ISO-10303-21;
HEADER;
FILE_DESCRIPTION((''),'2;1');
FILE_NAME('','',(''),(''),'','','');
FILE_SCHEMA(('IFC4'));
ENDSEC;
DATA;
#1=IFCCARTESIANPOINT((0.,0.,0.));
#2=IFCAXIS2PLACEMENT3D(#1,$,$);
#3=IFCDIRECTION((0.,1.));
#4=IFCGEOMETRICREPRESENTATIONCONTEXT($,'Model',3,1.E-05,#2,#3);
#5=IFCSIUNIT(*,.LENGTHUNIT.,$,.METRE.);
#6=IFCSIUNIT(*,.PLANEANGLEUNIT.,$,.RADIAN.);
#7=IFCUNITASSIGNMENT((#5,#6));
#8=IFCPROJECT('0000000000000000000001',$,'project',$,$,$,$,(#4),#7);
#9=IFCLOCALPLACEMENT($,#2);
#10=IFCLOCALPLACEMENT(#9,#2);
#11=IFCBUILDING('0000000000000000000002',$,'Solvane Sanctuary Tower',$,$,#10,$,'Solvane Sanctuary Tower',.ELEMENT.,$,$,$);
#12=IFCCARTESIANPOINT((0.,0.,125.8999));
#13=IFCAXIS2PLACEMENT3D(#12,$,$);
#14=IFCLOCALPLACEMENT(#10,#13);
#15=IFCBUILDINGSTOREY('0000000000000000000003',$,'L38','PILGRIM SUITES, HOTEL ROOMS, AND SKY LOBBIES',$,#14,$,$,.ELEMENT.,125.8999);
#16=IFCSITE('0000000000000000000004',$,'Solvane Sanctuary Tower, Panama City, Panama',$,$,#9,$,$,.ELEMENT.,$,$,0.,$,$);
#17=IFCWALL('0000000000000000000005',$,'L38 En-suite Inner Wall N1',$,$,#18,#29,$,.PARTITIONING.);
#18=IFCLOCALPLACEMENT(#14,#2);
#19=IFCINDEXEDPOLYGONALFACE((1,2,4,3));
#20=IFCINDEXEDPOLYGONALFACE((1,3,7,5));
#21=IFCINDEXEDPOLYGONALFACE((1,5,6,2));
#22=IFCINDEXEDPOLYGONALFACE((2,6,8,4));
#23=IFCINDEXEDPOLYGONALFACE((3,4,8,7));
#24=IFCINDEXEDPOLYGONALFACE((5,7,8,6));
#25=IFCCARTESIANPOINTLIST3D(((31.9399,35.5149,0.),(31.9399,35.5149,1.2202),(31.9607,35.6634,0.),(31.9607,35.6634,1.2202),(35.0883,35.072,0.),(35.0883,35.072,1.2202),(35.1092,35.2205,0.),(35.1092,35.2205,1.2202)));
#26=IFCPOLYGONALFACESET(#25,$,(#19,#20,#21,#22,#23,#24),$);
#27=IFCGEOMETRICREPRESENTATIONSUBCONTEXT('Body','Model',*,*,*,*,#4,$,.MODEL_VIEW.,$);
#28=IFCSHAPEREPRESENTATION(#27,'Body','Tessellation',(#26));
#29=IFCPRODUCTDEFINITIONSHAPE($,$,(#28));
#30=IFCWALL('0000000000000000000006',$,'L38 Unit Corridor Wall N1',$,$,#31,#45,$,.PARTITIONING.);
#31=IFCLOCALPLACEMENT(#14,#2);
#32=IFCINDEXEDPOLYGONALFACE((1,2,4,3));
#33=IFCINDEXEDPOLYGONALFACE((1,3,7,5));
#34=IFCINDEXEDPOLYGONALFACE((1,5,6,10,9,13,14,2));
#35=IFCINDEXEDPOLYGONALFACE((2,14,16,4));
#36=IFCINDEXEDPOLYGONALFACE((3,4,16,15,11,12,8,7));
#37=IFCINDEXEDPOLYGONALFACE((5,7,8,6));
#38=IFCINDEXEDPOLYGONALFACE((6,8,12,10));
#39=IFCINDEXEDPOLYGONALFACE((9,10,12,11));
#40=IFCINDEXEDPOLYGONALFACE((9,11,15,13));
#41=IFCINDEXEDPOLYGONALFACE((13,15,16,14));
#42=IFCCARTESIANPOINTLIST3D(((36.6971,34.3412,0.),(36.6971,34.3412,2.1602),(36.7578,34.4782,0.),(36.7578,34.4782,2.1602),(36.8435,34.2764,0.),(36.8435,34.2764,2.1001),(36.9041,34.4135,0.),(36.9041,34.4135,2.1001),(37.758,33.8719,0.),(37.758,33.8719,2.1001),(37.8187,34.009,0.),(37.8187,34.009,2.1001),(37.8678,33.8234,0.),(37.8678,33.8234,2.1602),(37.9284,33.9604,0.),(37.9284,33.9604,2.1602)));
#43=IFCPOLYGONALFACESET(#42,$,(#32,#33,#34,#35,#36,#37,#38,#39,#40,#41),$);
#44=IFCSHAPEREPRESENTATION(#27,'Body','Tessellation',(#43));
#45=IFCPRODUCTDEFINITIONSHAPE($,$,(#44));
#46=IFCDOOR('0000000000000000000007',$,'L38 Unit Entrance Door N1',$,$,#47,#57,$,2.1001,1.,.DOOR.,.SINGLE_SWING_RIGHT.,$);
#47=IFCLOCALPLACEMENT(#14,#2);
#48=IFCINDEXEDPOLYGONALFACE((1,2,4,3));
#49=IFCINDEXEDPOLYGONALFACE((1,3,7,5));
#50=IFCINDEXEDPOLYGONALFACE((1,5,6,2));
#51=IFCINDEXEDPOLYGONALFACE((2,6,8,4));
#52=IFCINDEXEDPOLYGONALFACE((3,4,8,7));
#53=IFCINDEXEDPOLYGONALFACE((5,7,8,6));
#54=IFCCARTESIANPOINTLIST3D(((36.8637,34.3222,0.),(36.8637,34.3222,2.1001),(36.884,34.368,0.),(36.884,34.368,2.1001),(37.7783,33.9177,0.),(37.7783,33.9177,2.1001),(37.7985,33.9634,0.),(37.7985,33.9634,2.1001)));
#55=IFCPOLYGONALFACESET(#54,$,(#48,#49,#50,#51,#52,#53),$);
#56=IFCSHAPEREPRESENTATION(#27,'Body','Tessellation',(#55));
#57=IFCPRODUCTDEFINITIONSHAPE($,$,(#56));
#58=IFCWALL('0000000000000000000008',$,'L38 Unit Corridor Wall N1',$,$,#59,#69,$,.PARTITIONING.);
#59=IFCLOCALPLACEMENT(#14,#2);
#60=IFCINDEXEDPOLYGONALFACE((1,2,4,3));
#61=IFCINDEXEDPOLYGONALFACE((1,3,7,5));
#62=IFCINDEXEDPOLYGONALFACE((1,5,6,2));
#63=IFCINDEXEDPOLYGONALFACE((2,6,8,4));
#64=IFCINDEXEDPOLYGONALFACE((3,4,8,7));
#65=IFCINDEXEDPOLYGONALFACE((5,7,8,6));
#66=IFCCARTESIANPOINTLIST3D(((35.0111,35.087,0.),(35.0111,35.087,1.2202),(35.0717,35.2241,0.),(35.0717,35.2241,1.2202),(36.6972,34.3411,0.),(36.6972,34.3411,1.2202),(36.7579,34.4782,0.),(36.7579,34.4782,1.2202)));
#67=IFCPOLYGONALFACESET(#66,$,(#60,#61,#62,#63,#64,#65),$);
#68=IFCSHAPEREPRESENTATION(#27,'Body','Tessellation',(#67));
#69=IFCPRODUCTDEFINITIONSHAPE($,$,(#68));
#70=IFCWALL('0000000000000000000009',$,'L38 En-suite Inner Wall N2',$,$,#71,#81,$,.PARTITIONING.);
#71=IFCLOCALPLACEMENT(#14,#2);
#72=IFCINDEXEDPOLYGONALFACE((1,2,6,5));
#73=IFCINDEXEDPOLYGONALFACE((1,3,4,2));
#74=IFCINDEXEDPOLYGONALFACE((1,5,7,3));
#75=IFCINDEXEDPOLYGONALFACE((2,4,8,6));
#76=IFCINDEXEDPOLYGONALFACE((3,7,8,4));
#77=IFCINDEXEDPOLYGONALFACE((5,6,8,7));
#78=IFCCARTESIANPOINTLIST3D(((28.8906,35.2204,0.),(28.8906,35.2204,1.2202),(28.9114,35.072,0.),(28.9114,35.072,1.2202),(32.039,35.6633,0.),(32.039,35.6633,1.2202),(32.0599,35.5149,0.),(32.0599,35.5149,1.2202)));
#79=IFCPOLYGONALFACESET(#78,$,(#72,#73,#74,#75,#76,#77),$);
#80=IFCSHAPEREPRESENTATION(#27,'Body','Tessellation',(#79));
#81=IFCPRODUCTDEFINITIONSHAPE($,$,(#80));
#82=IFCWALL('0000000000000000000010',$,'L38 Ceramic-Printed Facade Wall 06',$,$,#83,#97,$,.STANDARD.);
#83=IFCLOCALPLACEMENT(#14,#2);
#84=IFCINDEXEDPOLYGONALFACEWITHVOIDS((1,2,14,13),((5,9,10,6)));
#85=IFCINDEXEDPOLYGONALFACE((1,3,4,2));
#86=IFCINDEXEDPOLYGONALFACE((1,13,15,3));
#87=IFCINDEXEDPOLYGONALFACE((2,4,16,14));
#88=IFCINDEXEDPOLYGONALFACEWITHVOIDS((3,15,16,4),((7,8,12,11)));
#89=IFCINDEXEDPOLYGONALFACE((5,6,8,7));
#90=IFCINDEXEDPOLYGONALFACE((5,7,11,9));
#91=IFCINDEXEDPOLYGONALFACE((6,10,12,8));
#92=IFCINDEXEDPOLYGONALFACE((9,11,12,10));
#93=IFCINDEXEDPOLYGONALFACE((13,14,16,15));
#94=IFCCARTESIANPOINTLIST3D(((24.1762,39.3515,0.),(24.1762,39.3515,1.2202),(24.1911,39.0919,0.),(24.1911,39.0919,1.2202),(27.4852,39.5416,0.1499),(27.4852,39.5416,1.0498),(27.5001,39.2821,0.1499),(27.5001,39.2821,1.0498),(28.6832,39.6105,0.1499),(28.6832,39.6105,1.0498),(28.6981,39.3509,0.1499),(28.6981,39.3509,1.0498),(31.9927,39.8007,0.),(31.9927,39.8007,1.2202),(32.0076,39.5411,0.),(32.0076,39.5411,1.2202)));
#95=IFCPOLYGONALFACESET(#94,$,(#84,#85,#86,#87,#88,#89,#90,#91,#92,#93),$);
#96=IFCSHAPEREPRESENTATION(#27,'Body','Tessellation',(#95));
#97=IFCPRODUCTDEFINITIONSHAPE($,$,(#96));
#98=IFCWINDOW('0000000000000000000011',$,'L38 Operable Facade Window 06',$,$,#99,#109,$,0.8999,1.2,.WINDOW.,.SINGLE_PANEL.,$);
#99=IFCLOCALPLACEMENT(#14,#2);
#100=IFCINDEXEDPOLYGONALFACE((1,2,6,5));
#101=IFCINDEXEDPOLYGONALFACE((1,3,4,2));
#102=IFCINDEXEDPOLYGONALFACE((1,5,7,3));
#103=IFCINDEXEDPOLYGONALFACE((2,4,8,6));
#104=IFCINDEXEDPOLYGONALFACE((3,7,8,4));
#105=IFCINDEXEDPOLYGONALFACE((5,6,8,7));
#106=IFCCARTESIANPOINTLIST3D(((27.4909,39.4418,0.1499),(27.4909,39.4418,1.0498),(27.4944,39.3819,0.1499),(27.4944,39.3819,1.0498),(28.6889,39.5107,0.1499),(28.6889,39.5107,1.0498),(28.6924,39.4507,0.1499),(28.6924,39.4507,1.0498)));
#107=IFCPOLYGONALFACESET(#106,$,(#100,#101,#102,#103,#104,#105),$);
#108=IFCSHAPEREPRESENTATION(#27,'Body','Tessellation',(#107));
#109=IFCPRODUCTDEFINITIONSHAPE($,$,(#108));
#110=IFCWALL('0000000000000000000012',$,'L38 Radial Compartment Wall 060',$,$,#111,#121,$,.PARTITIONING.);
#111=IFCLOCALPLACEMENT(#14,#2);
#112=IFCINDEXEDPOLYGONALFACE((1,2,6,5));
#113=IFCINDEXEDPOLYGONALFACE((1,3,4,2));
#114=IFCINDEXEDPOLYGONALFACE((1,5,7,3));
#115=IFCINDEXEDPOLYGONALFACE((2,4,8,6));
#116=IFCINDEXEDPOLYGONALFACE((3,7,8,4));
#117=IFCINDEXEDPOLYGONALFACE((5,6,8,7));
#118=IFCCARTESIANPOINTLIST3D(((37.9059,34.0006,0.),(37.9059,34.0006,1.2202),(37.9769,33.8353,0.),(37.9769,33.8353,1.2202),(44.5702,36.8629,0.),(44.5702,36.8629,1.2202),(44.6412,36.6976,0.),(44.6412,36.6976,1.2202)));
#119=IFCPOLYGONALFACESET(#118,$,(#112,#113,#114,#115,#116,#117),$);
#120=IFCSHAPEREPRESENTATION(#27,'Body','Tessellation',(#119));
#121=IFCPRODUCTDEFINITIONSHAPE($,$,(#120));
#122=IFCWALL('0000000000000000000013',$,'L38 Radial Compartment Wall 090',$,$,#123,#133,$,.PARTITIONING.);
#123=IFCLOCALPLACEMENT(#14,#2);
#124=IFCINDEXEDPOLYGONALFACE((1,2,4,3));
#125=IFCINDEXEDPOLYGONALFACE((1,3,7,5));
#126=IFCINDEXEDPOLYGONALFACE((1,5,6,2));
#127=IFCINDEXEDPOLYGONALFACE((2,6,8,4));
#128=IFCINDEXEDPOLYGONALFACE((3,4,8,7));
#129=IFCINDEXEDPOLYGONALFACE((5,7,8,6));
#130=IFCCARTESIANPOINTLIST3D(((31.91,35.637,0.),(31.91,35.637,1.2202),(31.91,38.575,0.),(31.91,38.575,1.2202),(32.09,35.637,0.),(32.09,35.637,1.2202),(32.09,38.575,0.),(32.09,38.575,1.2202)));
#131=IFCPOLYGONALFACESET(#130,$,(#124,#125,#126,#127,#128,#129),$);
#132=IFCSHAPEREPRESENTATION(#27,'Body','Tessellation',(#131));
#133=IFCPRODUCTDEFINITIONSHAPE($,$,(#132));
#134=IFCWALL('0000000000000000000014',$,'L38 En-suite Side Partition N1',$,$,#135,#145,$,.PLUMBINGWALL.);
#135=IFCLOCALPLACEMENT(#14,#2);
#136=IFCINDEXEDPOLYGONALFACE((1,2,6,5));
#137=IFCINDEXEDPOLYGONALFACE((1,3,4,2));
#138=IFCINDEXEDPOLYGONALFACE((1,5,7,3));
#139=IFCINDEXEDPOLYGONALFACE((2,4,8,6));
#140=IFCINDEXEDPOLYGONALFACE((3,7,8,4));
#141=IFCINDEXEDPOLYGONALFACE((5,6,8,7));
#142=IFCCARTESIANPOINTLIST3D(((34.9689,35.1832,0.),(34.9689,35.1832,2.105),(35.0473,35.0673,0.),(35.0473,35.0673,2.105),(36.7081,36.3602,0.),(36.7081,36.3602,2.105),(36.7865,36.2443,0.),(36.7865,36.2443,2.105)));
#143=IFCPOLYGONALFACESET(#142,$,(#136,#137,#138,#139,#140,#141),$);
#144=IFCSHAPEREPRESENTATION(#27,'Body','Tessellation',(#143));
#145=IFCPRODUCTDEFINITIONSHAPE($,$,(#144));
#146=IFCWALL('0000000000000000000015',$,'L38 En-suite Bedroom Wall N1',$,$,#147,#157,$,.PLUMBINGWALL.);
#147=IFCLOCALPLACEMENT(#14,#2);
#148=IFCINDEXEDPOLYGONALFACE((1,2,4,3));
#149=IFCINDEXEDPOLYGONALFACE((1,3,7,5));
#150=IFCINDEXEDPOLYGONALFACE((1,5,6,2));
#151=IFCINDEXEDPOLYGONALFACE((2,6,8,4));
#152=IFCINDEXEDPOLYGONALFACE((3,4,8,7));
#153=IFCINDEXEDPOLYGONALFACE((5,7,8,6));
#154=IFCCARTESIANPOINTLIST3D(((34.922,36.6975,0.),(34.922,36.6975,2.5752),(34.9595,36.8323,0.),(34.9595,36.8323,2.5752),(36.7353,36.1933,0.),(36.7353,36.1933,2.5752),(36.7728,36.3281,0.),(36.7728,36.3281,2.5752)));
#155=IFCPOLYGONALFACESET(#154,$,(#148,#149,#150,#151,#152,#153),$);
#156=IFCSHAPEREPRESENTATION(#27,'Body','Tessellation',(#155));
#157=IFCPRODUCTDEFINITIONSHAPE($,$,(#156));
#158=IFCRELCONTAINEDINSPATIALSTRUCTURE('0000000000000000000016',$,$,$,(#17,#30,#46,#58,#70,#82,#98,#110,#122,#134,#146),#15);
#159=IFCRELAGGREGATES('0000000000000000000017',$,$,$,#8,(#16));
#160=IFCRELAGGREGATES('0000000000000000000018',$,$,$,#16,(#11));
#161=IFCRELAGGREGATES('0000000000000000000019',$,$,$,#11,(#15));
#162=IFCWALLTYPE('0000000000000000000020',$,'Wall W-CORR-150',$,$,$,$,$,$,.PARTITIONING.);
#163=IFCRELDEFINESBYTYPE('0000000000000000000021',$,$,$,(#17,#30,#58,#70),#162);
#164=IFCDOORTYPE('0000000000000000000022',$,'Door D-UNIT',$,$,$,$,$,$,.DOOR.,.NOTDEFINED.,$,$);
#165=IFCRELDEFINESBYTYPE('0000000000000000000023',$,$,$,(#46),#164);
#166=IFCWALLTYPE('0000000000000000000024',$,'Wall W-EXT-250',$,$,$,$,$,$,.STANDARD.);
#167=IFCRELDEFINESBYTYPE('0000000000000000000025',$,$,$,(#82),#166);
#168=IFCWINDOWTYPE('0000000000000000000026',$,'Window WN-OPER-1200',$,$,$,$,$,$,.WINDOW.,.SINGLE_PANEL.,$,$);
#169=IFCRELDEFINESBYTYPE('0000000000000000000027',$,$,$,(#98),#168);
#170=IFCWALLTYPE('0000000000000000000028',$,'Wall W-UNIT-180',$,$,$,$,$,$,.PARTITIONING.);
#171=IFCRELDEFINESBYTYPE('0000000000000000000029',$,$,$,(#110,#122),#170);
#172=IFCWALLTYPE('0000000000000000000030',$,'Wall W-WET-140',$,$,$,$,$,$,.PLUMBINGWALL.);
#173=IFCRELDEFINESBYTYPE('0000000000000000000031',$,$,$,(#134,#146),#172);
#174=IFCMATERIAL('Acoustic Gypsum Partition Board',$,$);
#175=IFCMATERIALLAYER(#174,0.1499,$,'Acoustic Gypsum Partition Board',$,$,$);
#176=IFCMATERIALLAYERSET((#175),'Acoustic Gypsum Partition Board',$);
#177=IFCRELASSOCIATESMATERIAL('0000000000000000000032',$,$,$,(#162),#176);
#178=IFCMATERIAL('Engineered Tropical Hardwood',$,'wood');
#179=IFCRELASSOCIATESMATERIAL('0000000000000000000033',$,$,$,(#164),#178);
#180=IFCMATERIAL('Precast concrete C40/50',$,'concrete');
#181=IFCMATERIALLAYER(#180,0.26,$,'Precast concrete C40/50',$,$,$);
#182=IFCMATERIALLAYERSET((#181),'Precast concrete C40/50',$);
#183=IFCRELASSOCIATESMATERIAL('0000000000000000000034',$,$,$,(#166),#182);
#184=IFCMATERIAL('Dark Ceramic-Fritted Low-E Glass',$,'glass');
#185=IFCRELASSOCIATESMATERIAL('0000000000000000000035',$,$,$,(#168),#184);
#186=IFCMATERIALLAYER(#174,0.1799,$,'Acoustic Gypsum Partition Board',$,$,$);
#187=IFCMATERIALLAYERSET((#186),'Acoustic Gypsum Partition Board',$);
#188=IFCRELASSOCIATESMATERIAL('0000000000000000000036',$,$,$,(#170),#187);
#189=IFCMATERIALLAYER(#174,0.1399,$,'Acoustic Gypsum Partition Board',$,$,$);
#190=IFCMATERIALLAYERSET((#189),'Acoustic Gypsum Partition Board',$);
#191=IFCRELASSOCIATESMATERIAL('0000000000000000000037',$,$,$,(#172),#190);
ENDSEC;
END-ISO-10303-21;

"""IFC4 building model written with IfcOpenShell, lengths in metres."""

from ifc_helpers import new_model, si_unit, direction, frame, frame_2d, origin, place, context, subcontext, project, spatial, rectangle, extrude, material, layer, layer_set, type_object, element, fill, save


model = new_model("IFC4")

# Units and contexts
model_context = context("Model", 3, precision=1e-05, world=origin(), true_north=direction((0.0, 1.0)))
body_context = subcontext(model_context, "Body", "Model", "MODEL_VIEW")
ifc_project = project(units=[si_unit("LENGTHUNIT", "METRE"), si_unit("PLANEANGLEUNIT", "RADIAN")], contexts=[model_context])

# Site, building, storey
site_placement = place(None, origin())
site = spatial("IfcSite", under=ifc_project, at=site_placement, Name="Solvane Sanctuary Tower, Panama City, Panama", CompositionType="ELEMENT", RefElevation=0.0)
building_placement = place(site_placement, origin())
building = spatial("IfcBuilding", under=site, at=building_placement, Name="Solvane Sanctuary Tower", LongName="Solvane Sanctuary Tower", CompositionType="ELEMENT")
storey_placement = place(building_placement, frame((0.0, 0.0, 125.8999)))
storey = spatial("IfcBuildingStorey", under=building, at=storey_placement, Name="L38", Description="PILGRIM SUITES, HOTEL ROOMS, AND SKY LOBBIES", CompositionType="ELEMENT", Elevation=125.8999)

# Wall
ifc_material_1 = material(Name="Acoustic Gypsum Partition Board")
ifc_layer_1 = layer(ifc_material_1, 0.1499, Name="Acoustic Gypsum Partition Board")
ifc_layer_set_1 = layer_set([ifc_layer_1], Name="Acoustic Gypsum Partition Board")
wall_type_1 = type_object("IfcWallType", Name="Wall W-CORR-150", PredefinedType="PARTITIONING", material=ifc_layer_set_1)
wall_1_placement = place(storey_placement, frame((35.0989, 35.1462, 0.0), z_axis=(0.0, 0.0, 1.0), x_axis=(-0.990251, 0.139292, 0.0)))
element("IfcWall", 1, at=wall_1_placement, inside=storey, type_object=wall_type_1, Name="L38 En-suite Inner Wall N1", PredefinedType="PARTITIONING", context=body_context, shape_type="SweptSolid", body=[
    extrude(rectangle(XDim=3.1794, YDim=0.1499, at=frame_2d((1.5898, 0.0))), origin(), (0.0, 0.0, 1.0), 1.2202),
])

# Wall, opening, door
wall_2_placement = place(storey_placement, frame((37.8982, 33.8918, 0.0), z_axis=(0.0, 0.0, 1.0), x_axis=(-0.914526, 0.404527, 0.0)))
wall_2 = element("IfcWall", 2, at=wall_2_placement, inside=storey, type_object=wall_type_1, Name="L38 Unit Corridor Wall N1", PredefinedType="PARTITIONING", context=body_context, shape_type="SweptSolid", body=[
    extrude(rectangle(XDim=1.28, YDim=0.1499, at=frame_2d((0.6401, 0.0))), origin(), (0.0, 0.0, 1.0), 2.1602),
])
opening_1_placement = place(wall_2_placement, frame((0.1201, 0.0, 0.0)))
opening_1 = element("IfcOpeningElement", 3, at=opening_1_placement, cuts=wall_2, PredefinedType="OPENING", context=body_context, shape_type="SweptSolid", body=[
    extrude(rectangle(XDim=1.0, YDim=2.1001, at=frame_2d((0.5, 1.05))), frame((0.0, 0.085, 0.0), z_axis=(0.0, -1.0, 0.0), x_axis=(1.0, 0.0, 0.0)), (0.0, 0.0, 1.0), 0.1699),
])
ifc_material_2 = material(Name="Engineered Tropical Hardwood", Category="wood")
door_type_1 = type_object("IfcDoorType", Name="Door D-UNIT", OperationType="NOTDEFINED", PredefinedType="DOOR", material=ifc_material_2)
door_1_placement = place(opening_1_placement, origin())
door_1 = element("IfcDoor", 4, at=door_1_placement, inside=storey, type_object=door_type_1, Name="L38 Unit Entrance Door N1", OperationType="SINGLE_SWING_RIGHT", OverallHeight=2.1001, OverallWidth=1.0, PredefinedType="DOOR", context=body_context, shape_type="SweptSolid", body=[
    extrude(rectangle(XDim=1.0, YDim=2.1001, at=frame_2d((0.5, 1.05))), frame((0.0, 0.0249, 0.0), z_axis=(0.0, -1.0, 0.0), x_axis=(1.0, 0.0, 0.0)), (0.0, 0.0, 1.0), 0.05),
])
fill(opening_1, door_1)

# Walls
wall_3_placement = place(storey_placement, frame((36.7275, 34.4097, 0.0), z_axis=(0.0, 0.0, 1.0), x_axis=(-0.914515, 0.404553, 0.0)))
element("IfcWall", 5, at=wall_3_placement, inside=storey, type_object=wall_type_1, Name="L38 Unit Corridor Wall N1", PredefinedType="PARTITIONING", context=body_context, shape_type="SweptSolid", body=[
    extrude(rectangle(XDim=1.8438, YDim=0.1499, at=frame_2d((0.9219, 0.0))), origin(), (0.0, 0.0, 1.0), 1.2202),
])
wall_4_placement = place(storey_placement, frame((32.0496, 35.5891, 0.0), z_axis=(0.0, 0.0, 1.0), x_axis=(-0.990251, -0.139292, 0.0)))
element("IfcWall", 6, at=wall_4_placement, inside=storey, type_object=wall_type_1, Name="L38 En-suite Inner Wall N2", PredefinedType="PARTITIONING", context=body_context, shape_type="SweptSolid", body=[
    extrude(rectangle(XDim=3.1794, YDim=0.1499, at=frame_2d((1.5898, 0.0))), origin(), (0.0, 0.0, 1.0), 1.2202),
])

# Wall, opening, window
ifc_material_3 = material(Name="Precast concrete C40/50", Category="concrete")
ifc_layer_2 = layer(ifc_material_3, 0.26, Name="Precast concrete C40/50")
ifc_layer_set_2 = layer_set([ifc_layer_2], Name="Precast concrete C40/50")
wall_type_2 = type_object("IfcWallType", Name="Wall W-EXT-250", PredefinedType="STANDARD", material=ifc_layer_set_2)
wall_5_placement = place(storey_placement, frame((32.0, 39.6709, 0.0), z_axis=(0.0, 0.0, 1.0), x_axis=(-0.998353, -0.057377, 0.0)))
wall_5 = element("IfcWall", 7, at=wall_5_placement, inside=storey, type_object=wall_type_2, Name="L38 Ceramic-Printed Facade Wall 06", PredefinedType="STANDARD", context=body_context, shape_type="SweptSolid", body=[
    extrude(rectangle(XDim=7.8293, YDim=0.26, at=frame_2d((3.9146, 0.0))), origin(), (0.0, 0.0, 1.0), 1.2202),
])
opening_2_placement = place(wall_5_placement, frame((3.3147, 0.0, 0.1499)))
opening_2 = element("IfcOpeningElement", 8, at=opening_2_placement, cuts=wall_5, PredefinedType="OPENING", context=body_context, shape_type="SweptSolid", body=[
    extrude(rectangle(XDim=1.2, YDim=0.8999, at=frame_2d((0.6001, 0.45))), frame((0.0, 0.1399, 0.0), z_axis=(0.0, -1.0, 0.0), x_axis=(1.0, 0.0, 0.0)), (0.0, 0.0, 1.0), 0.28),
])
ifc_material_4 = material(Name="Dark Ceramic-Fritted Low-E Glass", Category="glass")
window_type = type_object("IfcWindowType", Name="Window WN-OPER-1200", PartitioningType="SINGLE_PANEL", PredefinedType="WINDOW", material=ifc_material_4)
window_placement = place(opening_2_placement, origin())
window = element("IfcWindow", 9, at=window_placement, inside=storey, type_object=window_type, Name="L38 Operable Facade Window 06", OverallHeight=0.8999, OverallWidth=1.2, PartitioningType="SINGLE_PANEL", PredefinedType="WINDOW", context=body_context, shape_type="SweptSolid", body=[
    extrude(rectangle(XDim=1.2, YDim=0.8999, at=frame_2d((0.6001, 0.45))), frame((0.0, 0.03, 0.0), z_axis=(0.0, -1.0, 0.0), x_axis=(1.0, 0.0, 0.0)), (0.0, 0.0, 1.0), 0.0601),
])
fill(opening_2, window)

# Walls
ifc_layer_3 = layer(ifc_material_1, 0.1799, Name="Acoustic Gypsum Partition Board")
ifc_layer_set_3 = layer_set([ifc_layer_3], Name="Acoustic Gypsum Partition Board")
wall_type_3 = type_object("IfcWallType", Name="Wall W-UNIT-180", PredefinedType="PARTITIONING", material=ifc_layer_set_3)
wall_6_placement = place(storey_placement, frame((37.9414, 33.918, 0.0), z_axis=(0.0, 0.0, 1.0), x_axis=(0.918837, 0.394638, 0.0)))
element("IfcWall", 10, at=wall_6_placement, inside=storey, type_object=wall_type_3, Name="L38 Radial Compartment Wall 060", PredefinedType="PARTITIONING", context=body_context, shape_type="SweptSolid", body=[
    extrude(rectangle(XDim=7.2529, YDim=0.1799, at=frame_2d((3.6265, 0.0))), origin(), (0.0, 0.0, 1.0), 1.2202),
])
wall_7_placement = place(storey_placement, frame((32.0, 35.637, 0.0), z_axis=(0.0, 0.0, 1.0), x_axis=(0.0, 1.0, 0.0)))
element("IfcWall", 11, at=wall_7_placement, inside=storey, type_object=wall_type_3, Name="L38 Radial Compartment Wall 090", PredefinedType="PARTITIONING", context=body_context, shape_type="SweptSolid", body=[
    extrude(rectangle(XDim=2.938, YDim=0.1799, at=frame_2d((1.469, 0.0))), origin(), (0.0, 0.0, 1.0), 1.2202),
])
ifc_layer_4 = layer(ifc_material_1, 0.1399, Name="Acoustic Gypsum Partition Board")
ifc_layer_set_4 = layer_set([ifc_layer_4], Name="Acoustic Gypsum Partition Board")
wall_type_4 = type_object("IfcWallType", Name="Wall W-WET-140", PredefinedType="PLUMBINGWALL", material=ifc_layer_set_4)
wall_8_placement = place(storey_placement, frame((35.0081, 35.1252, 0.0), z_axis=(0.0, 0.0, 1.0), x_axis=(0.828185, 0.560455, 0.0)))
element("IfcWall", 12, at=wall_8_placement, inside=storey, type_object=wall_type_4, Name="L38 En-suite Side Partition N1", PredefinedType="PLUMBINGWALL", context=body_context, shape_type="SweptSolid", body=[
    extrude(rectangle(XDim=2.1001, YDim=0.1399, at=frame_2d((1.05, 0.0))), origin(), (0.0, 0.0, 1.0), 2.105),
])
wall_9_placement = place(storey_placement, frame((36.7539, 36.2607, 0.0), z_axis=(0.0, 0.0, 1.0), x_axis=(-0.963453, 0.267878, 0.0)))
element("IfcWall", 13, at=wall_9_placement, inside=storey, type_object=wall_type_4, Name="L38 En-suite Bedroom Wall N1", PredefinedType="PLUMBINGWALL", context=body_context, shape_type="SweptSolid", body=[
    extrude(rectangle(XDim=1.8821, YDim=0.1399, at=frame_2d((0.9409, 0.0))), origin(), (0.0, 0.0, 1.0), 2.5752),
])

save(model, "model.ifc")
